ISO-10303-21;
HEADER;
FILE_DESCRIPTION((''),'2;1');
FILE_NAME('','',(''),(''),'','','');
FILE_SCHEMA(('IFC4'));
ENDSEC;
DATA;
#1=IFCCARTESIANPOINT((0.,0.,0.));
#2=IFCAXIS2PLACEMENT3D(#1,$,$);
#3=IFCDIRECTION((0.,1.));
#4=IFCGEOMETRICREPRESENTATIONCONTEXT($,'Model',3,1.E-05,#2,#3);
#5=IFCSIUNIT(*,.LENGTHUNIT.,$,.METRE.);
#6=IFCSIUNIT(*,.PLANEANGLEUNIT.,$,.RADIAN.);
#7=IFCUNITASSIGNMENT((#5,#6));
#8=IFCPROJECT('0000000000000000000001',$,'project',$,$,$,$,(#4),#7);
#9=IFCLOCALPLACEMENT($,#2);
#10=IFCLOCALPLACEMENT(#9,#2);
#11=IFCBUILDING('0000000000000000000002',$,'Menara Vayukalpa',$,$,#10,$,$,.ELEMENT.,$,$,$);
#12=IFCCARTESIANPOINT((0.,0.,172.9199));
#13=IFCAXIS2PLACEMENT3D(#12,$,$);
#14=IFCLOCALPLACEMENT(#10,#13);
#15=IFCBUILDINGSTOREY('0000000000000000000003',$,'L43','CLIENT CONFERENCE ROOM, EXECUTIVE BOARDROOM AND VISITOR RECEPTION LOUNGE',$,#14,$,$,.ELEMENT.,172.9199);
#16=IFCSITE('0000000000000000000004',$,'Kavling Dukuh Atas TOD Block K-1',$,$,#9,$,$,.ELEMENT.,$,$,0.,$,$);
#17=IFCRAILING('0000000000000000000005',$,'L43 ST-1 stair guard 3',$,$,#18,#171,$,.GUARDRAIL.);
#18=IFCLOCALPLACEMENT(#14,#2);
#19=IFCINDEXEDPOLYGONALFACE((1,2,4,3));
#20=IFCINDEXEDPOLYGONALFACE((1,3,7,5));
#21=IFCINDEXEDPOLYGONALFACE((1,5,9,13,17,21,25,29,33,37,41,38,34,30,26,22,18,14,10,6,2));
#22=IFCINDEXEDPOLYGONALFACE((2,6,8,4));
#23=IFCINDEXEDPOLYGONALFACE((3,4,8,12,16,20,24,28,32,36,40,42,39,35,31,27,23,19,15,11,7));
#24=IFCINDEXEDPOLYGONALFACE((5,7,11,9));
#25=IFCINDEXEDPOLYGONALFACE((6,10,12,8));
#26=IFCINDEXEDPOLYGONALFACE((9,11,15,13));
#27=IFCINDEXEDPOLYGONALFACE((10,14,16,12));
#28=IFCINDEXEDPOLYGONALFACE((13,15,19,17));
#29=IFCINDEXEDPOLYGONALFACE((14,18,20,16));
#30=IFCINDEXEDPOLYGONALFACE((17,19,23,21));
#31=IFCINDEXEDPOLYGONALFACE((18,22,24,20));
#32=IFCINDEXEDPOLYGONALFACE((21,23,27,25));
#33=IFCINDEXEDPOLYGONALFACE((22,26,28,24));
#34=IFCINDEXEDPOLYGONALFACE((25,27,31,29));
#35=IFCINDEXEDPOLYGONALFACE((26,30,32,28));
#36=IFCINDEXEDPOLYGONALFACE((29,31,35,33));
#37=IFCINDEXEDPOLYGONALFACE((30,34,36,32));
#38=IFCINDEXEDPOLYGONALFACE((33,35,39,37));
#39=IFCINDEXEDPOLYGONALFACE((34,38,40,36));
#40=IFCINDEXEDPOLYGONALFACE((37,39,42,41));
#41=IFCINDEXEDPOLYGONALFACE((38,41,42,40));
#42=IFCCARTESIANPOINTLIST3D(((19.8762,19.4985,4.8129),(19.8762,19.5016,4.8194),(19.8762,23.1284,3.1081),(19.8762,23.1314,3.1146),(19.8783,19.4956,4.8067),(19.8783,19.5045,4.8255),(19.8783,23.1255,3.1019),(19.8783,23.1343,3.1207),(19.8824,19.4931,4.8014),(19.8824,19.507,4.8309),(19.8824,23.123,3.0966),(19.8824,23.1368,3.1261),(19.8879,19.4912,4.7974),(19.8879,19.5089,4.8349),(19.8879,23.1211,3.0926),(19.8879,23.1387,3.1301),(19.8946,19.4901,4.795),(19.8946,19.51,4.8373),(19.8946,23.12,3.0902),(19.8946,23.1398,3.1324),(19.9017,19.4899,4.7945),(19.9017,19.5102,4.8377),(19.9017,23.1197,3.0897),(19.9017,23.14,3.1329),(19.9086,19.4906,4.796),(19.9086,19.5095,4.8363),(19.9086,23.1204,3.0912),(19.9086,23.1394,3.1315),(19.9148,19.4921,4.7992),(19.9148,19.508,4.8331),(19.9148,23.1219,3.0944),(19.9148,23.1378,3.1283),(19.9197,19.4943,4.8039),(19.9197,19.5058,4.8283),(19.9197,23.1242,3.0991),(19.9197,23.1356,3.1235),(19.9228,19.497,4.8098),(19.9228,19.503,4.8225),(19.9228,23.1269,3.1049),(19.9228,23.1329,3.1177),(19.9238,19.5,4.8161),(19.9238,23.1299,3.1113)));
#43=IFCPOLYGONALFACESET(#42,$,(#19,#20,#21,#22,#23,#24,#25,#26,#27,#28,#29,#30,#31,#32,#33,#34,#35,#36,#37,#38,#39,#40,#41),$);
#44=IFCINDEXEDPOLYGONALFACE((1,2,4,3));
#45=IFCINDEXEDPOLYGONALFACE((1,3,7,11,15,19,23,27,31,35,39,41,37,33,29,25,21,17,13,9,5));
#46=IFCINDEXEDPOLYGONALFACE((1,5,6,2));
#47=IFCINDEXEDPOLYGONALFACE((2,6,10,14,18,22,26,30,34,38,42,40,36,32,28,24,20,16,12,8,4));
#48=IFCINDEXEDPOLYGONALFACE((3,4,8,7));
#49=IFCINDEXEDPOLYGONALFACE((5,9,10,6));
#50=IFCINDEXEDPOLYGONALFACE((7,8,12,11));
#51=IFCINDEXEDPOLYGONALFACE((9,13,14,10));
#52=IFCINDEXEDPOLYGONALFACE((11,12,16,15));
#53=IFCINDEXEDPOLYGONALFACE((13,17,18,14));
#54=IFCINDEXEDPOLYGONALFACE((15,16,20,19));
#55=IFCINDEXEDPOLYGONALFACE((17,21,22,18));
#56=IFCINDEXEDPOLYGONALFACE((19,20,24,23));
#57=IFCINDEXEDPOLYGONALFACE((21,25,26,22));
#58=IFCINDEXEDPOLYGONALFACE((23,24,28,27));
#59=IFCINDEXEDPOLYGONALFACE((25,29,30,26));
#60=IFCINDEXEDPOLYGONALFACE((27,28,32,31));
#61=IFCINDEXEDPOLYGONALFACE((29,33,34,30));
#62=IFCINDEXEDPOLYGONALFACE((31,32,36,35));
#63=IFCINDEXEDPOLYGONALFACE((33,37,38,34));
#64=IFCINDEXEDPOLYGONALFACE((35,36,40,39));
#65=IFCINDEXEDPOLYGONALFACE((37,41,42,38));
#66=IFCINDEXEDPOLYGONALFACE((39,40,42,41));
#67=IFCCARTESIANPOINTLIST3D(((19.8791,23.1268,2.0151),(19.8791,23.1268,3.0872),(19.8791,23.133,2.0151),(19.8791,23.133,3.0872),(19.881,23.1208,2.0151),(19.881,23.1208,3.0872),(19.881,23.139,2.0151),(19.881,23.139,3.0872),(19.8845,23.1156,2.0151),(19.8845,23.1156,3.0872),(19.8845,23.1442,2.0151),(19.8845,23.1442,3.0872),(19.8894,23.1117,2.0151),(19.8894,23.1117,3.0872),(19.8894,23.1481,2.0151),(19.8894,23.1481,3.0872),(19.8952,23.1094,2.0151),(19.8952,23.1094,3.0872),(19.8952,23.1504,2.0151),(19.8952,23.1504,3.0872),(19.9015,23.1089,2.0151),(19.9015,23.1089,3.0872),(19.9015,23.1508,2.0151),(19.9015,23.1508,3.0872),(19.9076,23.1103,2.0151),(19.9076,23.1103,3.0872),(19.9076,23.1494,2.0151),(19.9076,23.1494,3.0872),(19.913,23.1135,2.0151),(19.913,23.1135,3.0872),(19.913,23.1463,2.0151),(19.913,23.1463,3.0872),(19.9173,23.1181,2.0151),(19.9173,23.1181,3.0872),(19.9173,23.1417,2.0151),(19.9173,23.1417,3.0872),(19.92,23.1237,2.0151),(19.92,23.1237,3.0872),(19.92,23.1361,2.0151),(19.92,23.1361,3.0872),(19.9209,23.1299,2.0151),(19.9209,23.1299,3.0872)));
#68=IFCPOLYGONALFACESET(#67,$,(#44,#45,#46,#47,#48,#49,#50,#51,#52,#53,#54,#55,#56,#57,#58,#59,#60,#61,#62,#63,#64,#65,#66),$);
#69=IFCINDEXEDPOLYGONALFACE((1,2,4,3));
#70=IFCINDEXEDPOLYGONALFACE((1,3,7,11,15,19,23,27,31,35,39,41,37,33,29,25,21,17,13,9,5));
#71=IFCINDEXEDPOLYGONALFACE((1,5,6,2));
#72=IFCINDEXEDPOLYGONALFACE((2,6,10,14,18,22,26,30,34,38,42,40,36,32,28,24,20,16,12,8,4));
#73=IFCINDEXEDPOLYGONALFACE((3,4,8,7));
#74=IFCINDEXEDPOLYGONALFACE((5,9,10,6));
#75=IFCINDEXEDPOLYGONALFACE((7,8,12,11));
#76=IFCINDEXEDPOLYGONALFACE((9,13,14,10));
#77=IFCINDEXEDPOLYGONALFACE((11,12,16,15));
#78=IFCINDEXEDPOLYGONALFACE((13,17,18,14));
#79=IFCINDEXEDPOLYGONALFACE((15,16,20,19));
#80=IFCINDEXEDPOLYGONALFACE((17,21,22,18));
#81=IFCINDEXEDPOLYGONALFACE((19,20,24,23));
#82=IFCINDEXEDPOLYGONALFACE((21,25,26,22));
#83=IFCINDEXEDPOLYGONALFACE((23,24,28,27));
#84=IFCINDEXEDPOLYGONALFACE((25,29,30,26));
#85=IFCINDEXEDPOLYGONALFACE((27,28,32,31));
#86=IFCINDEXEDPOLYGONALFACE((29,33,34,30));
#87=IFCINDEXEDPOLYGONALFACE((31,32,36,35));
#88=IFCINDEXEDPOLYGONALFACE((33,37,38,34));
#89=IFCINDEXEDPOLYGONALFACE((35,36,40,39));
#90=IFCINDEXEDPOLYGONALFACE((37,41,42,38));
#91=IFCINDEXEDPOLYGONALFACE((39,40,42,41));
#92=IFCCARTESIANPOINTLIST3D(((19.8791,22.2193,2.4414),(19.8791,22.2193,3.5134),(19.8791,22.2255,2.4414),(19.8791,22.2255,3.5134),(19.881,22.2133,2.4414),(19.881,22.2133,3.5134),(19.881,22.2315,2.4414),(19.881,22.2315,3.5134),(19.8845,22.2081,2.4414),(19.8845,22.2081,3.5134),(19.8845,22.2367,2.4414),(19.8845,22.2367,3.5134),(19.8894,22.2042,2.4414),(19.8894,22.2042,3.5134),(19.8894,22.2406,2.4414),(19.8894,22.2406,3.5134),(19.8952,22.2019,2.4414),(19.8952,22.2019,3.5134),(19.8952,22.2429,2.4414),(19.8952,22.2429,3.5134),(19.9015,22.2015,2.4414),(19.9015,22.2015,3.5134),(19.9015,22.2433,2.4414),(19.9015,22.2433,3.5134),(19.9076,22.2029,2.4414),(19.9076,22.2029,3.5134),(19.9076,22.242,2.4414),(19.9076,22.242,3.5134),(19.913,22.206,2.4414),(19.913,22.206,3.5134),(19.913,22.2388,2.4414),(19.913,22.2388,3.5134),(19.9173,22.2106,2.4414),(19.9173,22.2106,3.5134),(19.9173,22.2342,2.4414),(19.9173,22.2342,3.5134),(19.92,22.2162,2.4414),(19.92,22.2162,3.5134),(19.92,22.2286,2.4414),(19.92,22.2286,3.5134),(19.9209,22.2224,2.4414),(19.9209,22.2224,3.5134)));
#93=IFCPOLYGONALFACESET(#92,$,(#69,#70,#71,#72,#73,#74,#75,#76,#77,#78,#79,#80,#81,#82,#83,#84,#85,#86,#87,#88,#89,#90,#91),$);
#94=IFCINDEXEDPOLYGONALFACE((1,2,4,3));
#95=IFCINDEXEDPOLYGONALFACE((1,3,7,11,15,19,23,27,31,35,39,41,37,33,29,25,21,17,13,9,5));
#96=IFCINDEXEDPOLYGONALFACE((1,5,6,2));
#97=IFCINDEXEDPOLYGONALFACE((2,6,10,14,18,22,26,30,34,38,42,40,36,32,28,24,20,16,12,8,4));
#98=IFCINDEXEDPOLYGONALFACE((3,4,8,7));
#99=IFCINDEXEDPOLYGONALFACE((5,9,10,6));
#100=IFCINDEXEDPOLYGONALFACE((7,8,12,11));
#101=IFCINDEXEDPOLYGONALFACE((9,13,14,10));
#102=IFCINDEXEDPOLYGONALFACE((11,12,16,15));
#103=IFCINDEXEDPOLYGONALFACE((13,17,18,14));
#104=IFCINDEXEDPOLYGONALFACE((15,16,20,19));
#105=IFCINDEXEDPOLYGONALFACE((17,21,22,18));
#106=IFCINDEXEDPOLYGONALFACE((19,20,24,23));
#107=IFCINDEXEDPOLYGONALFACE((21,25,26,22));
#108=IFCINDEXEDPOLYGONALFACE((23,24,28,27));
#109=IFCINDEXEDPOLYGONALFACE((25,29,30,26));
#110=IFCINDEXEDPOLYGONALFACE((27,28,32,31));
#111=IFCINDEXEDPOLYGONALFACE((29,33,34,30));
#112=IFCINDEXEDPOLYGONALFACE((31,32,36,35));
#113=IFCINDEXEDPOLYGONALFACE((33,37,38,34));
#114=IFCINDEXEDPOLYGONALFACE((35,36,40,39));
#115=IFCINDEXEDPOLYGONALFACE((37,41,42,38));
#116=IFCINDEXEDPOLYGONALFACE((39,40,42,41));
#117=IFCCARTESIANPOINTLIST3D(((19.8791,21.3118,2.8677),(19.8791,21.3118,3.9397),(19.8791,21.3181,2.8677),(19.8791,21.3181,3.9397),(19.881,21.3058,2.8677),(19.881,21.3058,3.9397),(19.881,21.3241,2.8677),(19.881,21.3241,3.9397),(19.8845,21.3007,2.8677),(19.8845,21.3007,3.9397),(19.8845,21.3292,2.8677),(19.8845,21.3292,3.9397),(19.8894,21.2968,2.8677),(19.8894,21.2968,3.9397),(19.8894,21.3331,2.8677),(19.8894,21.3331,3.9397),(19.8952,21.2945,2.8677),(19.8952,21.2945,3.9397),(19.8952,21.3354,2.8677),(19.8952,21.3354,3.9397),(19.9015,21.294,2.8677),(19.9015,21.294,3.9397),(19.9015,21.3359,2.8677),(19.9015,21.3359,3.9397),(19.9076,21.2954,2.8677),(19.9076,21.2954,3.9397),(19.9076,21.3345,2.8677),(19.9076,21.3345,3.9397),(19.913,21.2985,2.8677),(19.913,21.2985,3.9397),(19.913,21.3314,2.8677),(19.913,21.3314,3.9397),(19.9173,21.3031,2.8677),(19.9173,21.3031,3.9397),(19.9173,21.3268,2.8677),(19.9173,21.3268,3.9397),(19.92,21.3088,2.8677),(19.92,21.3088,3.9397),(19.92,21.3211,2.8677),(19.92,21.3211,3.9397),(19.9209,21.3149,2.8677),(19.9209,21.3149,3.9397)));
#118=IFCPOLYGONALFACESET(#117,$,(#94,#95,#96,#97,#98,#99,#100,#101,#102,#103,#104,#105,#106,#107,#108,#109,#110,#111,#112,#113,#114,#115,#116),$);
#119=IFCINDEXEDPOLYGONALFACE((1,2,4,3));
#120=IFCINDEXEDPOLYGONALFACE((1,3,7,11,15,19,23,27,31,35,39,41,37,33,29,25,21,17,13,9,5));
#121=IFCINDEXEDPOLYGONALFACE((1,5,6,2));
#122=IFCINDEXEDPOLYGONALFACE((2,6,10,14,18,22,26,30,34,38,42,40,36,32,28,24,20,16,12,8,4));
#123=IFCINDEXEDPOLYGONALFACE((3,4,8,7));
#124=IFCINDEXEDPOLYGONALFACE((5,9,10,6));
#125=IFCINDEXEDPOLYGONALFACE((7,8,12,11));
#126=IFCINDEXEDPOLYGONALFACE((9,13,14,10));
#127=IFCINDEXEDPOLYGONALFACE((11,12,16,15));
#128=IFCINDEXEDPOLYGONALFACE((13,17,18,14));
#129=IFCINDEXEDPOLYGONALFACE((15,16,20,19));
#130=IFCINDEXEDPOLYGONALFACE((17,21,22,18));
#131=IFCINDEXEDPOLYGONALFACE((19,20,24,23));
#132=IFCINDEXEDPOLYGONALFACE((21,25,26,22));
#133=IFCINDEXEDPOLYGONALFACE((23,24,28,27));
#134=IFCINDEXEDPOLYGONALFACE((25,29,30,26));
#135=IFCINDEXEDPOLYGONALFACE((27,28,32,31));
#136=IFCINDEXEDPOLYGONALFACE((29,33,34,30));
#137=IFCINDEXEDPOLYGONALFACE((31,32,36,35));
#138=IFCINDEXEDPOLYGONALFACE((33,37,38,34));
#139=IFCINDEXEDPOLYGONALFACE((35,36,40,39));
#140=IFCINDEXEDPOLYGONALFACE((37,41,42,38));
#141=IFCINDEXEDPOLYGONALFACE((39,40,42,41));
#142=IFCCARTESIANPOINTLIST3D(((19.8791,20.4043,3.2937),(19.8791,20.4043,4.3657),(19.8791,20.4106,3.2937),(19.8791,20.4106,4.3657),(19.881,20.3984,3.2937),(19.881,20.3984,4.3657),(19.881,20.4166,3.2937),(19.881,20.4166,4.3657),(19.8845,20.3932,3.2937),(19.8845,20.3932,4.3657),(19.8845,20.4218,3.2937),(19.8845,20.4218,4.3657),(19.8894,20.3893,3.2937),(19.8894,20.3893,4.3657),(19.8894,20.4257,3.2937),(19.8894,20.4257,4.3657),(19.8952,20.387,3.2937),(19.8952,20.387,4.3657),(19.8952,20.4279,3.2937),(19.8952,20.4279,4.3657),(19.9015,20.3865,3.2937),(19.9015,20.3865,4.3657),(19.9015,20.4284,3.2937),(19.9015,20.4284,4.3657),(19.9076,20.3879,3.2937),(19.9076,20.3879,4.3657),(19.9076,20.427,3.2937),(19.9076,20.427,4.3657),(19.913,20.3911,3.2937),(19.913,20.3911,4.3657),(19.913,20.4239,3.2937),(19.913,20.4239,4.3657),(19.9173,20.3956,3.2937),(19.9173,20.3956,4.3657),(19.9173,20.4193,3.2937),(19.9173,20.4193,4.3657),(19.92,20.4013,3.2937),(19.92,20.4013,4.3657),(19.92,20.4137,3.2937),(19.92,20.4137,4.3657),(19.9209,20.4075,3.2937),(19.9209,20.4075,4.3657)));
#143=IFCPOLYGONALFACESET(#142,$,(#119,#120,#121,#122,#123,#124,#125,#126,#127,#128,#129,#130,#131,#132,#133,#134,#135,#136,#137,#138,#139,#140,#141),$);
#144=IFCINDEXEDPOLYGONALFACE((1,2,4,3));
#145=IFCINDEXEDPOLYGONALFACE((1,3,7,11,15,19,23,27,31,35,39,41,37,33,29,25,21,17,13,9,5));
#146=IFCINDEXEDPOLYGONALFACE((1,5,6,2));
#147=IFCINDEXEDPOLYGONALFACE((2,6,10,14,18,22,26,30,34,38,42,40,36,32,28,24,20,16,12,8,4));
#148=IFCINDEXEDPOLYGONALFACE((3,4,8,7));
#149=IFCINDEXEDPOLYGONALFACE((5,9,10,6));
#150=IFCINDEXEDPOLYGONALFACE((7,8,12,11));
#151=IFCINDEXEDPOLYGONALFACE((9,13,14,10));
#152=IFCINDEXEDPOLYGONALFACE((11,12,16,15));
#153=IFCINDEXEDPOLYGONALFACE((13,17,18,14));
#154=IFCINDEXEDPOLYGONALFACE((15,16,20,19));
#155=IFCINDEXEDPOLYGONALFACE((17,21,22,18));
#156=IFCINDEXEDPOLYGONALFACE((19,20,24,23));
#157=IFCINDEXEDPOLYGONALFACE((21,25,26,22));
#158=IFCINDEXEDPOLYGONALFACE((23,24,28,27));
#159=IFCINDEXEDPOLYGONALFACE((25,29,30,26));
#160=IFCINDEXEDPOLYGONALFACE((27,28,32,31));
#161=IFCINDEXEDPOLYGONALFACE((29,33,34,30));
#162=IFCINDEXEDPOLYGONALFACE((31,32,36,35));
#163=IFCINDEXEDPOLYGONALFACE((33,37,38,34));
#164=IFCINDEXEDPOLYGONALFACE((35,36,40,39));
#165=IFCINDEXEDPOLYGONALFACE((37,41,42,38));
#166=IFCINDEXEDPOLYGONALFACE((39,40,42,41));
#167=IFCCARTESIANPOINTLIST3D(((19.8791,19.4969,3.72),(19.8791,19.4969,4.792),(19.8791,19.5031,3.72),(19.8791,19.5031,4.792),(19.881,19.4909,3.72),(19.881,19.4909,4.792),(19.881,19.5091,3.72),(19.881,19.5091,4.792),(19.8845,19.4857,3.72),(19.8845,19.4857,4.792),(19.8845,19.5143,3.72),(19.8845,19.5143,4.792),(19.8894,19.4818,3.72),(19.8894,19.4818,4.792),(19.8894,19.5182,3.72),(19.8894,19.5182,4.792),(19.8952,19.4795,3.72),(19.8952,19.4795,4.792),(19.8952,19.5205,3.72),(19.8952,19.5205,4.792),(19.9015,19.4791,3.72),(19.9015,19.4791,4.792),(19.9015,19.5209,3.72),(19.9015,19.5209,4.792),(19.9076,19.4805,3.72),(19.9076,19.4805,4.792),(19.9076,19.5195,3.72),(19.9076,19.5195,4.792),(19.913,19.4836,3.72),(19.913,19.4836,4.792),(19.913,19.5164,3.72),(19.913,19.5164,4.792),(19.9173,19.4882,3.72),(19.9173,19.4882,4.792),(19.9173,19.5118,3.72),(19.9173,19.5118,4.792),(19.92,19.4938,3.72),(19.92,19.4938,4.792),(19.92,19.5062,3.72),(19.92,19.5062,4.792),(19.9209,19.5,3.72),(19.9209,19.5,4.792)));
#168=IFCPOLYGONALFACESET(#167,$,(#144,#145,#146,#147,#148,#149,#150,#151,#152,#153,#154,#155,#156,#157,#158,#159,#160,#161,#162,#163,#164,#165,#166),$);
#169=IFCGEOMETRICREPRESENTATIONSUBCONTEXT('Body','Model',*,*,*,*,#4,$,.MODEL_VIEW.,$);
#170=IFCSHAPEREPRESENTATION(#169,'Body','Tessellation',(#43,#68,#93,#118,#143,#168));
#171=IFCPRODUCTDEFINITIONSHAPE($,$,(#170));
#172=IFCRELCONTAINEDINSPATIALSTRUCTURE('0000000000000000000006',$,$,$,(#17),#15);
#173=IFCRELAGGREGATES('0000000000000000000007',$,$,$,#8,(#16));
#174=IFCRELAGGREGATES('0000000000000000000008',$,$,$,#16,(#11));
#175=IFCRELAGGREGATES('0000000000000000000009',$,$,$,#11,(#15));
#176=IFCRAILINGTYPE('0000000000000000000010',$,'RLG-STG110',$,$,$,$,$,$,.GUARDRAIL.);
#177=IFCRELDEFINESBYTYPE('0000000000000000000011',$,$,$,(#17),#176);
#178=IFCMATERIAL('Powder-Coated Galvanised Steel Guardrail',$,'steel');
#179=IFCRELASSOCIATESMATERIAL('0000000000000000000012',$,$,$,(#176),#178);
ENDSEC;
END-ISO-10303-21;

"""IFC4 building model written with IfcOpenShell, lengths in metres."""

from ifc_helpers import new_model, si_unit, direction, frame, origin, origin_2d, place, context, subcontext, project, spatial, circle, extrude, material, type_object, element, save


model = new_model("IFC4")

# Units and contexts
model_context = context("Model", 3, precision=1e-05, world=origin(), true_north=direction((0.0, 1.0)))
body_context = subcontext(model_context, "Body", "Model", "MODEL_VIEW")
ifc_project = project(units=[si_unit("LENGTHUNIT", "METRE"), si_unit("PLANEANGLEUNIT", "RADIAN")], contexts=[model_context])

# Site, building, storey
site_placement = place(None, origin())
site = spatial("IfcSite", under=ifc_project, at=site_placement, Name="Kavling Dukuh Atas TOD Block K-1", CompositionType="ELEMENT", RefElevation=0.0)
building_placement = place(site_placement, origin())
building = spatial("IfcBuilding", under=site, at=building_placement, Name="Menara Vayukalpa", CompositionType="ELEMENT")
storey_placement = place(building_placement, frame((0.0, 0.0, 172.9199)))
storey = spatial("IfcBuildingStorey", under=building, at=storey_placement, Name="L43", Description="CLIENT CONFERENCE ROOM, EXECUTIVE BOARDROOM AND VISITOR RECEPTION LOUNGE", CompositionType="ELEMENT", Elevation=172.9199)

# Railing
ifc_material_1 = material(Name="Powder-Coated Galvanised Steel Guardrail", Category="steel")
railing_type_1 = type_object("IfcRailingType", Name="RLG-STG110", PredefinedType="GUARDRAIL", material=ifc_material_1)
railing_1_placement = place(storey_placement, frame((19.8999, 23.1299, 2.0151)))
element("IfcRailing", 1, at=railing_1_placement, inside=storey, type_object=railing_type_1, Name="L43 ST-1 stair guard 3", PredefinedType="GUARDRAIL", context=body_context, shape_type="SweptSolid", body=[
    extrude(circle(Radius=0.0239, at=origin_2d()), frame((0.0, 0.0, 1.0962), z_axis=(0.0, -0.90514, 0.425114), x_axis=(1.0, 0.0, 0.0)), (0.0, 0.0, 1.0), 4.0103),
    extrude(circle(Radius=0.021, at=origin_2d()), origin(), (0.0, 0.0, 1.0), 1.072),
    extrude(circle(Radius=0.021, at=origin_2d()), frame((0.0, -0.9075, 0.4263)), (0.0, 0.0, 1.0), 1.072),
    extrude(circle(Radius=0.021, at=origin_2d()), frame((0.0, -1.8149, 0.8525)), (0.0, 0.0, 1.0), 1.072),
    extrude(circle(Radius=0.021, at=origin_2d()), frame((0.0, -2.7224, 1.2786)), (0.0, 0.0, 1.0), 1.072),
    extrude(circle(Radius=0.021, at=origin_2d()), frame((0.0, -3.6299, 1.7048)), (0.0, 0.0, 1.0), 1.072),
])

save(model, "model.ifc")
